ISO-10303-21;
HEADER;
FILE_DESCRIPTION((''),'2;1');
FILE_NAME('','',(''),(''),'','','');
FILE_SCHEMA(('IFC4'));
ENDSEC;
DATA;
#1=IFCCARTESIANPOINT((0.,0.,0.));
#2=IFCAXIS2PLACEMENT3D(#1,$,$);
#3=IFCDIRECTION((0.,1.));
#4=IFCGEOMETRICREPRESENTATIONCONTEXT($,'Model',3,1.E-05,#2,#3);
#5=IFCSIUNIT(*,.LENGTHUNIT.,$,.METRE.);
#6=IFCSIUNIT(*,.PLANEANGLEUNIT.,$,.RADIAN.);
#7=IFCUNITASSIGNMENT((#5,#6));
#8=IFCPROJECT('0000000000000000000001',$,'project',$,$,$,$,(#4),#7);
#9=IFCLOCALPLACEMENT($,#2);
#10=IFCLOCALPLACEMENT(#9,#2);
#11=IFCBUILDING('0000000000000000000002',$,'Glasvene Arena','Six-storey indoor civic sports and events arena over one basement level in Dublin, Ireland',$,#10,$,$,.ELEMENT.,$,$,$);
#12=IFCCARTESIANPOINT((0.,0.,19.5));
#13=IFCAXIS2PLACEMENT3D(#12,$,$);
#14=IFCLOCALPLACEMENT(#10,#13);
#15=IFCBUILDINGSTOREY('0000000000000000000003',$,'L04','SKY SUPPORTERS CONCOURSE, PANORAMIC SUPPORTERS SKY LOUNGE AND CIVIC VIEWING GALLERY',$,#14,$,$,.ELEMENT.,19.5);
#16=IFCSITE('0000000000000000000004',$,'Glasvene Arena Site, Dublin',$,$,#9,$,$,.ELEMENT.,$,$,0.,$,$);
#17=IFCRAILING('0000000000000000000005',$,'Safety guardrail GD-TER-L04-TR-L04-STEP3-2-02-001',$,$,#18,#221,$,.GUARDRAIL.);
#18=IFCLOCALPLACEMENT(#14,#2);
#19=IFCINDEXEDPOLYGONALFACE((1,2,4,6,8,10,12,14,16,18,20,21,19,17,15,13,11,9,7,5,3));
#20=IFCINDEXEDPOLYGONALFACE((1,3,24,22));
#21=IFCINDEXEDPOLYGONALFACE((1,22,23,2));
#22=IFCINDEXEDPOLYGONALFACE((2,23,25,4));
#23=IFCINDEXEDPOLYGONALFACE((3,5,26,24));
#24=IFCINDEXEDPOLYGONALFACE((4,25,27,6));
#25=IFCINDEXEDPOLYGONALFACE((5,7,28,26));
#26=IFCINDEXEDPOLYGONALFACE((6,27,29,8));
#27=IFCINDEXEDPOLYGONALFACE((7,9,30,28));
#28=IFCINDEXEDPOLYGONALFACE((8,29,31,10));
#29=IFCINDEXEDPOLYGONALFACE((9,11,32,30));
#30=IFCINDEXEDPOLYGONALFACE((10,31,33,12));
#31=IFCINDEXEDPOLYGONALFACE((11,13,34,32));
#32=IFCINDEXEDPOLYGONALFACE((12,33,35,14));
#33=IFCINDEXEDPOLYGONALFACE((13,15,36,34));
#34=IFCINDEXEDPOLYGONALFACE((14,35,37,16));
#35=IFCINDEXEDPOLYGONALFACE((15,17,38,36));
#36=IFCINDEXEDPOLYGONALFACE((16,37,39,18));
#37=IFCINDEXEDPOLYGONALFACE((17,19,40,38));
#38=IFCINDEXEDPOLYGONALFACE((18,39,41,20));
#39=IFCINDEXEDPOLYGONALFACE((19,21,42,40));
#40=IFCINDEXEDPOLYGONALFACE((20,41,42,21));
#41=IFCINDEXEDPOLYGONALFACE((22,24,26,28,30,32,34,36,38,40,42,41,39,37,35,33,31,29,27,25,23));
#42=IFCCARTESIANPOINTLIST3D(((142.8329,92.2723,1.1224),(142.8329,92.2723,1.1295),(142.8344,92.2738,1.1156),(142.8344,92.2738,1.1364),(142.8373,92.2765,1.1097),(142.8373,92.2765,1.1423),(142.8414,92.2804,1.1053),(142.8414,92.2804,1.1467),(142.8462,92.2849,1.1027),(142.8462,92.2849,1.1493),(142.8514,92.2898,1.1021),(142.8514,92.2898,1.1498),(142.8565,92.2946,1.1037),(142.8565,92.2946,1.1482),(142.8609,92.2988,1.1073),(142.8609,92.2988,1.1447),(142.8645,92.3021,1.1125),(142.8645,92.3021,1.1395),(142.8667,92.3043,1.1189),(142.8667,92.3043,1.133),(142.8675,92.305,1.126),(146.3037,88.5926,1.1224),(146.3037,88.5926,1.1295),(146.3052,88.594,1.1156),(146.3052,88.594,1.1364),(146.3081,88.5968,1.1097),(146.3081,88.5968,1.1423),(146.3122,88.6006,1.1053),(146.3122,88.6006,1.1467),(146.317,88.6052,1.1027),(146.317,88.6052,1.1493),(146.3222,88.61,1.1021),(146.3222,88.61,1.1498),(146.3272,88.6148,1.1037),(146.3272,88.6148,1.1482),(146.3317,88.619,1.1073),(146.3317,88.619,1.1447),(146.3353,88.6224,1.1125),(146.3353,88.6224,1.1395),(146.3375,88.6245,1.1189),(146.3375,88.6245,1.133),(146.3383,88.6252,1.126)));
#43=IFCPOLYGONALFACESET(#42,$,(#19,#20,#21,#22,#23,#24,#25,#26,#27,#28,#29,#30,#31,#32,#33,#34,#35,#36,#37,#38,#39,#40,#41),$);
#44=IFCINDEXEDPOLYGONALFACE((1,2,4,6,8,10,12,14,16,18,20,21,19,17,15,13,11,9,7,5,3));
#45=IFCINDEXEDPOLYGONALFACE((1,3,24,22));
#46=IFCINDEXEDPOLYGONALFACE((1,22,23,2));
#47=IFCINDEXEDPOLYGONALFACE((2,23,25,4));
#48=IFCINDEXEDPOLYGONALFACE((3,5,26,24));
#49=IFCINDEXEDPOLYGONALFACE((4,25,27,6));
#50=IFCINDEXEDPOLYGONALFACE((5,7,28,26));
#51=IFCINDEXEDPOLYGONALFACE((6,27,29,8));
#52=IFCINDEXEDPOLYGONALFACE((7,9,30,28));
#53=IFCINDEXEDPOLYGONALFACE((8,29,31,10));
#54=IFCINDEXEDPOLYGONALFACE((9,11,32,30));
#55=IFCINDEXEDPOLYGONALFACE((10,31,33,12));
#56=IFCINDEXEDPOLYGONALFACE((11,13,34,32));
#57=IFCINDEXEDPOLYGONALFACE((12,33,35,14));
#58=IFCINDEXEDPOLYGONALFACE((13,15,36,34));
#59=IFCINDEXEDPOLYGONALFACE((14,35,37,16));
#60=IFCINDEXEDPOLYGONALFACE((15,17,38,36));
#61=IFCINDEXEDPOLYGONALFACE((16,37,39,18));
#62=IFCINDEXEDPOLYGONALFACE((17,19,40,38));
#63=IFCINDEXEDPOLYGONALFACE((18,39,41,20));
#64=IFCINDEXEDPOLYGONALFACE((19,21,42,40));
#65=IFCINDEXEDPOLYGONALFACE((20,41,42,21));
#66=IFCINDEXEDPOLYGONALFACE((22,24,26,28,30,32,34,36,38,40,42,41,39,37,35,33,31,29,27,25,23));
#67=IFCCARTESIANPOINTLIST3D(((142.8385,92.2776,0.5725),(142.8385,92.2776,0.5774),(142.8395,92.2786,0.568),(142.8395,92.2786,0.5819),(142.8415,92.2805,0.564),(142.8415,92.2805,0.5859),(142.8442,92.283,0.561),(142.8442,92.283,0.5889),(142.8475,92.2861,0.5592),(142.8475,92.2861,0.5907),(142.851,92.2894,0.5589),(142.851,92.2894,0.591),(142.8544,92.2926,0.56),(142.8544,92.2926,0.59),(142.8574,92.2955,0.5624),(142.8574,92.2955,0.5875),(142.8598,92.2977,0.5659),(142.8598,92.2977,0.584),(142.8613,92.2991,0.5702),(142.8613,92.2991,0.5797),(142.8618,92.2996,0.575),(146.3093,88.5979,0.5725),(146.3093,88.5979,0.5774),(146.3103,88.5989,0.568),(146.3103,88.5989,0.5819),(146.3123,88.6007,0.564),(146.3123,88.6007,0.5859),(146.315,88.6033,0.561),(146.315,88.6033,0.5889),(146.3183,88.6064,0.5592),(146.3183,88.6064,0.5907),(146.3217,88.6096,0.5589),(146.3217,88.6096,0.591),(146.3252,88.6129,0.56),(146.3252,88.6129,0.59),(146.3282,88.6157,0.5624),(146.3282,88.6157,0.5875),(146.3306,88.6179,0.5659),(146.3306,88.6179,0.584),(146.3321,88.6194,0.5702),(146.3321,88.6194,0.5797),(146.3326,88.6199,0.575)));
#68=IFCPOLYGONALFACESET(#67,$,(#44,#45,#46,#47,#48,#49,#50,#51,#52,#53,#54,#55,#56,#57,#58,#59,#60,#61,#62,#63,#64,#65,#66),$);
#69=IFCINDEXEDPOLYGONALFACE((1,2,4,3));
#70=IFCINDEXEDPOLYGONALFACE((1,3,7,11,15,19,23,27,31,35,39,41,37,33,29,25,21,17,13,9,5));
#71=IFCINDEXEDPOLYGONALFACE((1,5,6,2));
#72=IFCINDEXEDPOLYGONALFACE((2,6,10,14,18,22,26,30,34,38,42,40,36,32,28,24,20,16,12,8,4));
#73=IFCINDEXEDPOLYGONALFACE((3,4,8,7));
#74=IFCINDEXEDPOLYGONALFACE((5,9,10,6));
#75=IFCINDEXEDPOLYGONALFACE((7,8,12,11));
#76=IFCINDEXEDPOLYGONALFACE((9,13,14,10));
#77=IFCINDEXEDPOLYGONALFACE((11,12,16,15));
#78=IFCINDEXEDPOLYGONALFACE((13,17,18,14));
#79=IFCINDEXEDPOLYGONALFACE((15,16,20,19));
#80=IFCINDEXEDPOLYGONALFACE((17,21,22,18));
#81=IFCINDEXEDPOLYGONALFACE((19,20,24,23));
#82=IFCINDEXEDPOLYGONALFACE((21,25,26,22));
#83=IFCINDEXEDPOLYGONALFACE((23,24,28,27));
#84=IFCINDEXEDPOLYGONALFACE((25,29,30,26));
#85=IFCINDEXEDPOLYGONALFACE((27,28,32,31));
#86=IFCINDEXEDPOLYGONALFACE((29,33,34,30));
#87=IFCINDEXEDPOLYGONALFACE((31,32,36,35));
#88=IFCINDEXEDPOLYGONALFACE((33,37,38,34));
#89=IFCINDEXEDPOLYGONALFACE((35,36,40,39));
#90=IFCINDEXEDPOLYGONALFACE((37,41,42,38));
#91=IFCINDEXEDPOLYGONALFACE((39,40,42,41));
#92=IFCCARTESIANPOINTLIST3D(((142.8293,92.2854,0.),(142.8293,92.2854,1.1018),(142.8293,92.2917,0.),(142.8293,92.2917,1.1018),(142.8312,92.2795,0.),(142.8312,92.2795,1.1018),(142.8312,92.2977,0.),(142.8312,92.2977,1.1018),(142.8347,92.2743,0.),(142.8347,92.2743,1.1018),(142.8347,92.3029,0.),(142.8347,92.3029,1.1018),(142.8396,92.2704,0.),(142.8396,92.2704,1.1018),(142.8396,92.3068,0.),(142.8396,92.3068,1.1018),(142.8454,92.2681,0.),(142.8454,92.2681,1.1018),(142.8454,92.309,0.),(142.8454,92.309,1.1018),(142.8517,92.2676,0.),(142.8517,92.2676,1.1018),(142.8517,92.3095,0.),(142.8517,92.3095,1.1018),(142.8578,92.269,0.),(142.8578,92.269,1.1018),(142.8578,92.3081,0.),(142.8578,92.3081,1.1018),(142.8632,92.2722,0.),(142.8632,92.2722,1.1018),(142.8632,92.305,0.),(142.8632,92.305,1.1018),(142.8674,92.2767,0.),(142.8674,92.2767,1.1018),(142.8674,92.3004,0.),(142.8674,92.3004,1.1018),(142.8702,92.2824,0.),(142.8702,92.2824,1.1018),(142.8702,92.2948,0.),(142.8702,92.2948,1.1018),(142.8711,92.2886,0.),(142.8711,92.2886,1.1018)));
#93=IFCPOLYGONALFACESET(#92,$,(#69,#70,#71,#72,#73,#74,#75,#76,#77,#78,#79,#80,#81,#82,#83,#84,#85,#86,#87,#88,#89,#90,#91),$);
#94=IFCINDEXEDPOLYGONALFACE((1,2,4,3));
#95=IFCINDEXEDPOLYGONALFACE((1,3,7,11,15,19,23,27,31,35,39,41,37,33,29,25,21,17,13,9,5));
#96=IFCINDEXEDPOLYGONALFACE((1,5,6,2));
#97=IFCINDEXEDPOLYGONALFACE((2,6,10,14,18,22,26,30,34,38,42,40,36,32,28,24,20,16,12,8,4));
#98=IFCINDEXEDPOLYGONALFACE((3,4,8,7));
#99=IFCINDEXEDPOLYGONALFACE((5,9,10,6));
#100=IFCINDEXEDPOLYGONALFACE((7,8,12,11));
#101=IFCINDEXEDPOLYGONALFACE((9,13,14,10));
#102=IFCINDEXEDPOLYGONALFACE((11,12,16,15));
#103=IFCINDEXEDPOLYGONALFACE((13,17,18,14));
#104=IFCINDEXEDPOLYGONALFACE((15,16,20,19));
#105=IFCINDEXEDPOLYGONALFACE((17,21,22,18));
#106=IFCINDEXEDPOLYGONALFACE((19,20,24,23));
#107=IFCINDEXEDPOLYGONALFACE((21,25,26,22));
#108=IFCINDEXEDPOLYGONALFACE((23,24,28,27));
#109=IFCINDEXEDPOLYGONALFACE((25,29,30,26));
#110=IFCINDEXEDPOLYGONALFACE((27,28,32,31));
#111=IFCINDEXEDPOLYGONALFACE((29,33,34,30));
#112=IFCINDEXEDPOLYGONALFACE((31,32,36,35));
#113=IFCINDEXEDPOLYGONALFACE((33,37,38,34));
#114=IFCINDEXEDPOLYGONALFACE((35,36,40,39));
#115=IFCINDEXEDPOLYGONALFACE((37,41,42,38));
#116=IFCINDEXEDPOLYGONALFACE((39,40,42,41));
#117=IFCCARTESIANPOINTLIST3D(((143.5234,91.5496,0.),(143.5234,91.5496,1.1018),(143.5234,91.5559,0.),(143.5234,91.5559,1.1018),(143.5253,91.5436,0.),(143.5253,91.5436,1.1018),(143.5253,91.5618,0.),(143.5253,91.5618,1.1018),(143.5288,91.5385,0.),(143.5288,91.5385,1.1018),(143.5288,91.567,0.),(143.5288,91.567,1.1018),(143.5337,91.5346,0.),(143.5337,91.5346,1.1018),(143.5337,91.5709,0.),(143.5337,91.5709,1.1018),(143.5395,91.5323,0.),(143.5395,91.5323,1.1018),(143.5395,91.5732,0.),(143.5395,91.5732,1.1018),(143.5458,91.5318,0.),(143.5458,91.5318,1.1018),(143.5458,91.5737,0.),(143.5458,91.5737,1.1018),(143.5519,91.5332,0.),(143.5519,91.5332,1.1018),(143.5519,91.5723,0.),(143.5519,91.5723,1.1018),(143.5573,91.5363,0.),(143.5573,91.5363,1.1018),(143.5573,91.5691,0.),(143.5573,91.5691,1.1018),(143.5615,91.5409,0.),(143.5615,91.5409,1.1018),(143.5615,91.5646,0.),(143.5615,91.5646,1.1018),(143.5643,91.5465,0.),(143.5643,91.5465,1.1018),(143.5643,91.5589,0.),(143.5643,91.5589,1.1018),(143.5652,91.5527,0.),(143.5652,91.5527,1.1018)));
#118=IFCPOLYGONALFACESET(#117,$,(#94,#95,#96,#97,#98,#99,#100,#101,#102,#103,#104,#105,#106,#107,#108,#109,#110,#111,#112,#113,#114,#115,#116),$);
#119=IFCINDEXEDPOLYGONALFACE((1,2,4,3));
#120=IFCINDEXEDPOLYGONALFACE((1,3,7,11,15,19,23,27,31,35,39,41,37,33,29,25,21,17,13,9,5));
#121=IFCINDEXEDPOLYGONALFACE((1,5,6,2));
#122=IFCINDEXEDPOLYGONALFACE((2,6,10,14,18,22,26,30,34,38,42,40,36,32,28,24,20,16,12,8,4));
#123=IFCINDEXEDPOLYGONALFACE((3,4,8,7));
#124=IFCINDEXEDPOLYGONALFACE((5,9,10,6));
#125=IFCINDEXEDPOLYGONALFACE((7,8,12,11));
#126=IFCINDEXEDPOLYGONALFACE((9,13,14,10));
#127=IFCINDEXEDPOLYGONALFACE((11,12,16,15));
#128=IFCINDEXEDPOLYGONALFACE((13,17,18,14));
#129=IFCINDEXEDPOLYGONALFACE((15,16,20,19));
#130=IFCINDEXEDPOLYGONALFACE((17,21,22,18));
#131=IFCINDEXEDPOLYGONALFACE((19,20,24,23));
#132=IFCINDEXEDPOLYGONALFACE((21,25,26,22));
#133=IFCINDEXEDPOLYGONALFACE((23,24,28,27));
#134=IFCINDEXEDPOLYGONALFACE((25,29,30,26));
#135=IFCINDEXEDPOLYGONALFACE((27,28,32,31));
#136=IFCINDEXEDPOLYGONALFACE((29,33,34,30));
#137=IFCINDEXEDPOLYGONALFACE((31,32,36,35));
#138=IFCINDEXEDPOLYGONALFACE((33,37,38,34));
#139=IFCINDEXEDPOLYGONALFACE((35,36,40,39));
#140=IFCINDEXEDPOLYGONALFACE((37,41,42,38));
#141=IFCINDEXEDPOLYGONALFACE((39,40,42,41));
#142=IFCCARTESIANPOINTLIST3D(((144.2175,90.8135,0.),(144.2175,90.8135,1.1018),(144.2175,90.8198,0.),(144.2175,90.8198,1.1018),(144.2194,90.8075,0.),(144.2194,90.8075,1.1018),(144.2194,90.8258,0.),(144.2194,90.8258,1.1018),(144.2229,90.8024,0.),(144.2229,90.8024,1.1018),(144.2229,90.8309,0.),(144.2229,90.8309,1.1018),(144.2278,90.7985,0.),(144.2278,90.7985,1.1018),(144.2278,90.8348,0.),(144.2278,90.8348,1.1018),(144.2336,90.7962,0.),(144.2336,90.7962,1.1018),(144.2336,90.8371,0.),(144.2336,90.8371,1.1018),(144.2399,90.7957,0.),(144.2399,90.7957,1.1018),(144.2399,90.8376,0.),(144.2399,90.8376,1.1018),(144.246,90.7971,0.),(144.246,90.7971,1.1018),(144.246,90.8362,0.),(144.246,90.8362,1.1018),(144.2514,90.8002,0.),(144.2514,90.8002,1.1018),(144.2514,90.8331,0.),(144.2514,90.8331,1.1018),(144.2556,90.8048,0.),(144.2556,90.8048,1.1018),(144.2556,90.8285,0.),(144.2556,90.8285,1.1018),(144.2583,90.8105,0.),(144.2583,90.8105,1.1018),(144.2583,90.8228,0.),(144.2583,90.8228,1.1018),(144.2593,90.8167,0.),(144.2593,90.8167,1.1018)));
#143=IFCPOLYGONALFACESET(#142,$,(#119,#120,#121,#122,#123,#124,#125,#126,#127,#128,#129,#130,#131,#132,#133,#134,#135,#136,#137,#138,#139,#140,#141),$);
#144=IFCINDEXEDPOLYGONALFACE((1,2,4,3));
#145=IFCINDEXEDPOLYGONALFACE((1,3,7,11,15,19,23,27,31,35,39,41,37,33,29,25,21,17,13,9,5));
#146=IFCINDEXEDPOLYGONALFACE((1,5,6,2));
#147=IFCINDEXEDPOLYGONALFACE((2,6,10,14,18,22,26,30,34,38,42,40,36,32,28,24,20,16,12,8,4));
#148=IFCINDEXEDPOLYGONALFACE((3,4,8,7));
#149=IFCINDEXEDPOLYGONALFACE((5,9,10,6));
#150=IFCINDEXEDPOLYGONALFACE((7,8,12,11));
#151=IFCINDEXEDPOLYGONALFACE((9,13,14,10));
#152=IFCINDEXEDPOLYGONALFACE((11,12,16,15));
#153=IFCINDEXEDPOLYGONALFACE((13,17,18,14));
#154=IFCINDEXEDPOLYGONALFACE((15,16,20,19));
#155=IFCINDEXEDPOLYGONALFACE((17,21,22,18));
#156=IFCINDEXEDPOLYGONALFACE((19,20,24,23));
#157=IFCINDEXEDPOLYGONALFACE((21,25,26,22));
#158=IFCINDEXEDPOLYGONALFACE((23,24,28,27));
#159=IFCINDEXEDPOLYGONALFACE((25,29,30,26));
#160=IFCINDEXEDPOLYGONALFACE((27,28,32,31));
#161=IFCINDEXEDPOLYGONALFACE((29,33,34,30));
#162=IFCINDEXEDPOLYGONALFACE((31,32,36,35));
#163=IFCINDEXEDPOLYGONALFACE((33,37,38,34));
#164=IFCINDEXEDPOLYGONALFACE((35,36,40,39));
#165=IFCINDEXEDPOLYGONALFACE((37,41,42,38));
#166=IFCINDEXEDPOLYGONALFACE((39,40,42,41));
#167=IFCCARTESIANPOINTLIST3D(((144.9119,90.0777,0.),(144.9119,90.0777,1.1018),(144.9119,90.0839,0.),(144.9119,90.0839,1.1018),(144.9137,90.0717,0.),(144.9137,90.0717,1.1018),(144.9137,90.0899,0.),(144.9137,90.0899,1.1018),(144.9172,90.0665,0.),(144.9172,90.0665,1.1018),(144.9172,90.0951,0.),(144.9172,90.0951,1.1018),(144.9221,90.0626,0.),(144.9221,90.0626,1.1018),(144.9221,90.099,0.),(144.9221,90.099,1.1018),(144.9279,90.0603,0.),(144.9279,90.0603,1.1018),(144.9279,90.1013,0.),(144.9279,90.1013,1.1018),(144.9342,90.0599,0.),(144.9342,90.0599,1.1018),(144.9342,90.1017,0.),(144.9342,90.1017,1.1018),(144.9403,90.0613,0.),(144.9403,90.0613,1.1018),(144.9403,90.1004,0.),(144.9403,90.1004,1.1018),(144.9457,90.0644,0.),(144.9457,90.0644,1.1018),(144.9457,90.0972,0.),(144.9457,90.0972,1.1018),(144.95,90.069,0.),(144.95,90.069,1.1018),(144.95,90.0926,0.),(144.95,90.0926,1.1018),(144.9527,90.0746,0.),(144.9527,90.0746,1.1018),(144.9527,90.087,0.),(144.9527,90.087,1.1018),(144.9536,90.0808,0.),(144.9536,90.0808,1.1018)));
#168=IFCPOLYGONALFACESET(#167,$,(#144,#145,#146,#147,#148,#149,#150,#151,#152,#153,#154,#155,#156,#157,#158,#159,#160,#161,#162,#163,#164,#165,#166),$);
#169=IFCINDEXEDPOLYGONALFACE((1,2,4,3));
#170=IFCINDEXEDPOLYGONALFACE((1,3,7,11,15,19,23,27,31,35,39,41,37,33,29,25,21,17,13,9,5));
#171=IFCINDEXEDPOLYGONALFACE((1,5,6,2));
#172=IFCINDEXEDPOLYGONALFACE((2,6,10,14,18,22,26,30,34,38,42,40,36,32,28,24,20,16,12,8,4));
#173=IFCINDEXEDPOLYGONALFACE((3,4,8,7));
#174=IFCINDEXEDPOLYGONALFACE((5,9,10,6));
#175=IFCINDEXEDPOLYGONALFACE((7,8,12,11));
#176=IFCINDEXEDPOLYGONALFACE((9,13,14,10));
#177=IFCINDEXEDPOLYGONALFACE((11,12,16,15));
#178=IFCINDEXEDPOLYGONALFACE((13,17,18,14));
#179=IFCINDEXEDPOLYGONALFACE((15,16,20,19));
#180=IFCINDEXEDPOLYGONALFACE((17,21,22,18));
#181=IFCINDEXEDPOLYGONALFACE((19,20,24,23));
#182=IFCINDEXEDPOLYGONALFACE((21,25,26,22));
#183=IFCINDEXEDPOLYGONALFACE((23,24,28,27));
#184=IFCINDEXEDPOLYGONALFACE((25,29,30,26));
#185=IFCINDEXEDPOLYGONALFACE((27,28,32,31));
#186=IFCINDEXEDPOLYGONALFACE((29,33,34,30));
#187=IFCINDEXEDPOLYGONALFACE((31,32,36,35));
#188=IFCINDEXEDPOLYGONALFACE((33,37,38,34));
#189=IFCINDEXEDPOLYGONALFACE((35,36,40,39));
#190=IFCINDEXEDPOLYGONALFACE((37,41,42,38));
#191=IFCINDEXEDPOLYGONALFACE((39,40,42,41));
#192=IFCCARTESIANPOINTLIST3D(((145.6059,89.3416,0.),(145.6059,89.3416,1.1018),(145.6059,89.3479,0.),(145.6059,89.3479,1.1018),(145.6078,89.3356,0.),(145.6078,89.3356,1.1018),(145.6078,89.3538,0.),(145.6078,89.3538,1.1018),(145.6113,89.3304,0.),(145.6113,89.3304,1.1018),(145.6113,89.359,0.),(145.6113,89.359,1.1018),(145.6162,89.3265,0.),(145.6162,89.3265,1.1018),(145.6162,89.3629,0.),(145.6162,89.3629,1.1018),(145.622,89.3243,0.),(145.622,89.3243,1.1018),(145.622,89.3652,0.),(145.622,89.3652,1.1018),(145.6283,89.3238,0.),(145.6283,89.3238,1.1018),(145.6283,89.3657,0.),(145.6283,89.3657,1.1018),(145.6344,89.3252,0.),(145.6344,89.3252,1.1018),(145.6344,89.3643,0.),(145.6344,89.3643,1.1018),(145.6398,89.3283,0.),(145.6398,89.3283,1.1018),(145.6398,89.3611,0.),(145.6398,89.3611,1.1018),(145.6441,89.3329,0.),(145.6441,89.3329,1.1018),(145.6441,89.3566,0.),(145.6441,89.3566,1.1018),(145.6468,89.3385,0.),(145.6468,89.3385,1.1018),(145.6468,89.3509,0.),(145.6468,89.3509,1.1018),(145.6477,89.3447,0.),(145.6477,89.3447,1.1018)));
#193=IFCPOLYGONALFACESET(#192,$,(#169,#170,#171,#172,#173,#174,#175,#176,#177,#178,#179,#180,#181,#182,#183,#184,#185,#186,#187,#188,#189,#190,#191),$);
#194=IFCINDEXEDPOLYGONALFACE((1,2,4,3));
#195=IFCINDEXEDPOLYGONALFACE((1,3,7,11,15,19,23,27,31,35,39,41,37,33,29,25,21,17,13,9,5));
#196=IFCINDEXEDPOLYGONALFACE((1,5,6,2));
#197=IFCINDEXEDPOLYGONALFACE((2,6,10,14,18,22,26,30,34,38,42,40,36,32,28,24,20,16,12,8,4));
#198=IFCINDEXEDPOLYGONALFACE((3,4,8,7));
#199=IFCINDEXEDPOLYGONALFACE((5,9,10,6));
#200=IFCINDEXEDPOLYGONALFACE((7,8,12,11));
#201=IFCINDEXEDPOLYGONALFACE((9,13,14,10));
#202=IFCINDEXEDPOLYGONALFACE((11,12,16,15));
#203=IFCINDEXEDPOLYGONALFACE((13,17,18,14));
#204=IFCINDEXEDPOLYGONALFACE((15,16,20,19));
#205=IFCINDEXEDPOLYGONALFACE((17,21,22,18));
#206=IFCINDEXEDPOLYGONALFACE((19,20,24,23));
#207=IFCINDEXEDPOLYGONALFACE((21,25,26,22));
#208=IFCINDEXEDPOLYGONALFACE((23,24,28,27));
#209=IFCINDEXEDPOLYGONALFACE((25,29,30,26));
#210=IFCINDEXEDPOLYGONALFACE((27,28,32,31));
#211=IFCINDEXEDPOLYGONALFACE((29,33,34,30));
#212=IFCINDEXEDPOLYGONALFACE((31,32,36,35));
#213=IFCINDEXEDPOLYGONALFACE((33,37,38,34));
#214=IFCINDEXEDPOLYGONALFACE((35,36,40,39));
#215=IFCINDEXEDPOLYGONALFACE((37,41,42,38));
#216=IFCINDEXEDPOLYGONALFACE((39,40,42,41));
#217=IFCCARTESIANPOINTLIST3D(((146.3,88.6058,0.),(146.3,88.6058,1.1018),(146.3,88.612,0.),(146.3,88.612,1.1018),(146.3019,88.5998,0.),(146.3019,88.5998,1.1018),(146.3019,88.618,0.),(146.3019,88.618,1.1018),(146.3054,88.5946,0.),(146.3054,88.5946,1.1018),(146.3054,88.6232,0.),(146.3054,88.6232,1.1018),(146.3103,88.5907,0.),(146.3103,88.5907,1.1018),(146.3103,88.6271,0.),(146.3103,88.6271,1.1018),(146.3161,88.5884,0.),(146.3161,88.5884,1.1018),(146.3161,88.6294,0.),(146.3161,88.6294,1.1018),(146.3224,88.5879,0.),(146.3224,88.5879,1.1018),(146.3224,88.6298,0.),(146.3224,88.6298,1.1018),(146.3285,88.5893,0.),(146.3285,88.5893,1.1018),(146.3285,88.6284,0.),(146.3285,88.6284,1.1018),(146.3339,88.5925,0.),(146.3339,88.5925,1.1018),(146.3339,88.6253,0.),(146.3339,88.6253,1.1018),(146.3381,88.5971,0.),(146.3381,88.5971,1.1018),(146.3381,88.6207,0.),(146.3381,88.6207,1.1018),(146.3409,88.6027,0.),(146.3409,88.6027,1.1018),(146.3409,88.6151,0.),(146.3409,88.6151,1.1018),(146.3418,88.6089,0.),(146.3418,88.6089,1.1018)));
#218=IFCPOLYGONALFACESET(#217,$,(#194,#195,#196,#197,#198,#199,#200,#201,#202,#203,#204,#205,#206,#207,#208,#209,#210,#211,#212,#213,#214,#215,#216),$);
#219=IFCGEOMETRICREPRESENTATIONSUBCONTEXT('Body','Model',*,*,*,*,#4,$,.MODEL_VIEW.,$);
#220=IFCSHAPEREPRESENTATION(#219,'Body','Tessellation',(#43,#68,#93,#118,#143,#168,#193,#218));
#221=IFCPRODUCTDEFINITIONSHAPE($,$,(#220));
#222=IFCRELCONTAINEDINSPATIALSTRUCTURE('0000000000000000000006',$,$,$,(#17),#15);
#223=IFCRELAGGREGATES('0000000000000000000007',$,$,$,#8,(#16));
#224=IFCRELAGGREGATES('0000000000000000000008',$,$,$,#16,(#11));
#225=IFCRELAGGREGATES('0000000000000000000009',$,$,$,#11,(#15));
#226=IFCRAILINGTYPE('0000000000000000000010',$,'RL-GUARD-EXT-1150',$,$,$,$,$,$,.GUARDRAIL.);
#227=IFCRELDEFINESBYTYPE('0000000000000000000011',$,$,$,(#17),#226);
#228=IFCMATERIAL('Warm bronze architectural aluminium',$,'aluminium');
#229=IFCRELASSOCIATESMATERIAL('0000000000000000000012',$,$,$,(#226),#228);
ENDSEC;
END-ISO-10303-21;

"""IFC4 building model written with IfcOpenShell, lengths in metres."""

from ifc_helpers import new_model, si_unit, direction, frame, origin, origin_2d, place, context, subcontext, project, spatial, circle, extrude, material, type_object, element, save


model = new_model("IFC4")

# Units and contexts
model_context = context("Model", 3, precision=1e-05, world=origin(), true_north=direction((0.0, 1.0)))
body_context = subcontext(model_context, "Body", "Model", "MODEL_VIEW")
ifc_project = project(units=[si_unit("LENGTHUNIT", "METRE"), si_unit("PLANEANGLEUNIT", "RADIAN")], contexts=[model_context])

# Site, building, storey
site_placement = place(None, origin())
site = spatial("IfcSite", under=ifc_project, at=site_placement, Name="Glasvene Arena Site, Dublin", CompositionType="ELEMENT", RefElevation=0.0)
building_placement = place(site_placement, origin())
building = spatial("IfcBuilding", under=site, at=building_placement, Name="Glasvene Arena", Description="Six-storey indoor civic sports and events arena over one basement level in Dublin, Ireland", CompositionType="ELEMENT")
storey_placement = place(building_placement, frame((0.0, 0.0, 19.5)))
storey = spatial("IfcBuildingStorey", under=building, at=storey_placement, Name="L04", Description="SKY SUPPORTERS CONCOURSE, PANORAMIC SUPPORTERS SKY LOUNGE AND CIVIC VIEWING GALLERY", CompositionType="ELEMENT", Elevation=19.5)

# Railing
ifc_material_1 = material(Name="Warm bronze architectural aluminium", Category="aluminium")
railing_type_1 = type_object("IfcRailingType", Name="RL-GUARD-EXT-1150", PredefinedType="GUARDRAIL", material=ifc_material_1)
railing_1_placement = place(storey_placement, frame((142.8501, 92.2886, 0.0)))
element("IfcRailing", 1, at=railing_1_placement, inside=storey, type_object=railing_type_1, Name="Safety guardrail GD-TER-L04-TR-L04-STEP3-2-02-001", PredefinedType="GUARDRAIL", context=body_context, shape_type="SweptSolid", body=[
    extrude(circle(Radius=0.0239, at=origin_2d()), frame((0.0, 0.0, 1.126), z_axis=(0.686147, -0.727463, 0.0), x_axis=(0.727463, 0.686147, 0.0)), (0.0, 0.0, 1.0), 5.0583),
    extrude(circle(Radius=0.0161, at=origin_2d()), frame((0.0, 0.0, 0.575), z_axis=(0.686147, -0.727463, 0.0), x_axis=(0.727463, 0.686147, 0.0)), (0.0, 0.0, 1.0), 5.0583),
    extrude(circle(Radius=0.021, at=origin_2d()), origin(), (0.0, 0.0, 1.0), 1.1018),
    extrude(circle(Radius=0.021, at=origin_2d()), frame((0.6941, -0.7358, 0.0)), (0.0, 0.0, 1.0), 1.1018),
    extrude(circle(Radius=0.021, at=origin_2d()), frame((1.3882, -1.4719, 0.0)), (0.0, 0.0, 1.0), 1.1018),
    extrude(circle(Radius=0.021, at=origin_2d()), frame((2.0825, -2.2078, 0.0)), (0.0, 0.0, 1.0), 1.1018),
    extrude(circle(Radius=0.021, at=origin_2d()), frame((2.7766, -2.9438, 0.0)), (0.0, 0.0, 1.0), 1.1018),
    extrude(circle(Radius=0.021, at=origin_2d()), frame((3.4707, -3.6797, 0.0)), (0.0, 0.0, 1.0), 1.1018),
])

save(model, "model.ifc")
